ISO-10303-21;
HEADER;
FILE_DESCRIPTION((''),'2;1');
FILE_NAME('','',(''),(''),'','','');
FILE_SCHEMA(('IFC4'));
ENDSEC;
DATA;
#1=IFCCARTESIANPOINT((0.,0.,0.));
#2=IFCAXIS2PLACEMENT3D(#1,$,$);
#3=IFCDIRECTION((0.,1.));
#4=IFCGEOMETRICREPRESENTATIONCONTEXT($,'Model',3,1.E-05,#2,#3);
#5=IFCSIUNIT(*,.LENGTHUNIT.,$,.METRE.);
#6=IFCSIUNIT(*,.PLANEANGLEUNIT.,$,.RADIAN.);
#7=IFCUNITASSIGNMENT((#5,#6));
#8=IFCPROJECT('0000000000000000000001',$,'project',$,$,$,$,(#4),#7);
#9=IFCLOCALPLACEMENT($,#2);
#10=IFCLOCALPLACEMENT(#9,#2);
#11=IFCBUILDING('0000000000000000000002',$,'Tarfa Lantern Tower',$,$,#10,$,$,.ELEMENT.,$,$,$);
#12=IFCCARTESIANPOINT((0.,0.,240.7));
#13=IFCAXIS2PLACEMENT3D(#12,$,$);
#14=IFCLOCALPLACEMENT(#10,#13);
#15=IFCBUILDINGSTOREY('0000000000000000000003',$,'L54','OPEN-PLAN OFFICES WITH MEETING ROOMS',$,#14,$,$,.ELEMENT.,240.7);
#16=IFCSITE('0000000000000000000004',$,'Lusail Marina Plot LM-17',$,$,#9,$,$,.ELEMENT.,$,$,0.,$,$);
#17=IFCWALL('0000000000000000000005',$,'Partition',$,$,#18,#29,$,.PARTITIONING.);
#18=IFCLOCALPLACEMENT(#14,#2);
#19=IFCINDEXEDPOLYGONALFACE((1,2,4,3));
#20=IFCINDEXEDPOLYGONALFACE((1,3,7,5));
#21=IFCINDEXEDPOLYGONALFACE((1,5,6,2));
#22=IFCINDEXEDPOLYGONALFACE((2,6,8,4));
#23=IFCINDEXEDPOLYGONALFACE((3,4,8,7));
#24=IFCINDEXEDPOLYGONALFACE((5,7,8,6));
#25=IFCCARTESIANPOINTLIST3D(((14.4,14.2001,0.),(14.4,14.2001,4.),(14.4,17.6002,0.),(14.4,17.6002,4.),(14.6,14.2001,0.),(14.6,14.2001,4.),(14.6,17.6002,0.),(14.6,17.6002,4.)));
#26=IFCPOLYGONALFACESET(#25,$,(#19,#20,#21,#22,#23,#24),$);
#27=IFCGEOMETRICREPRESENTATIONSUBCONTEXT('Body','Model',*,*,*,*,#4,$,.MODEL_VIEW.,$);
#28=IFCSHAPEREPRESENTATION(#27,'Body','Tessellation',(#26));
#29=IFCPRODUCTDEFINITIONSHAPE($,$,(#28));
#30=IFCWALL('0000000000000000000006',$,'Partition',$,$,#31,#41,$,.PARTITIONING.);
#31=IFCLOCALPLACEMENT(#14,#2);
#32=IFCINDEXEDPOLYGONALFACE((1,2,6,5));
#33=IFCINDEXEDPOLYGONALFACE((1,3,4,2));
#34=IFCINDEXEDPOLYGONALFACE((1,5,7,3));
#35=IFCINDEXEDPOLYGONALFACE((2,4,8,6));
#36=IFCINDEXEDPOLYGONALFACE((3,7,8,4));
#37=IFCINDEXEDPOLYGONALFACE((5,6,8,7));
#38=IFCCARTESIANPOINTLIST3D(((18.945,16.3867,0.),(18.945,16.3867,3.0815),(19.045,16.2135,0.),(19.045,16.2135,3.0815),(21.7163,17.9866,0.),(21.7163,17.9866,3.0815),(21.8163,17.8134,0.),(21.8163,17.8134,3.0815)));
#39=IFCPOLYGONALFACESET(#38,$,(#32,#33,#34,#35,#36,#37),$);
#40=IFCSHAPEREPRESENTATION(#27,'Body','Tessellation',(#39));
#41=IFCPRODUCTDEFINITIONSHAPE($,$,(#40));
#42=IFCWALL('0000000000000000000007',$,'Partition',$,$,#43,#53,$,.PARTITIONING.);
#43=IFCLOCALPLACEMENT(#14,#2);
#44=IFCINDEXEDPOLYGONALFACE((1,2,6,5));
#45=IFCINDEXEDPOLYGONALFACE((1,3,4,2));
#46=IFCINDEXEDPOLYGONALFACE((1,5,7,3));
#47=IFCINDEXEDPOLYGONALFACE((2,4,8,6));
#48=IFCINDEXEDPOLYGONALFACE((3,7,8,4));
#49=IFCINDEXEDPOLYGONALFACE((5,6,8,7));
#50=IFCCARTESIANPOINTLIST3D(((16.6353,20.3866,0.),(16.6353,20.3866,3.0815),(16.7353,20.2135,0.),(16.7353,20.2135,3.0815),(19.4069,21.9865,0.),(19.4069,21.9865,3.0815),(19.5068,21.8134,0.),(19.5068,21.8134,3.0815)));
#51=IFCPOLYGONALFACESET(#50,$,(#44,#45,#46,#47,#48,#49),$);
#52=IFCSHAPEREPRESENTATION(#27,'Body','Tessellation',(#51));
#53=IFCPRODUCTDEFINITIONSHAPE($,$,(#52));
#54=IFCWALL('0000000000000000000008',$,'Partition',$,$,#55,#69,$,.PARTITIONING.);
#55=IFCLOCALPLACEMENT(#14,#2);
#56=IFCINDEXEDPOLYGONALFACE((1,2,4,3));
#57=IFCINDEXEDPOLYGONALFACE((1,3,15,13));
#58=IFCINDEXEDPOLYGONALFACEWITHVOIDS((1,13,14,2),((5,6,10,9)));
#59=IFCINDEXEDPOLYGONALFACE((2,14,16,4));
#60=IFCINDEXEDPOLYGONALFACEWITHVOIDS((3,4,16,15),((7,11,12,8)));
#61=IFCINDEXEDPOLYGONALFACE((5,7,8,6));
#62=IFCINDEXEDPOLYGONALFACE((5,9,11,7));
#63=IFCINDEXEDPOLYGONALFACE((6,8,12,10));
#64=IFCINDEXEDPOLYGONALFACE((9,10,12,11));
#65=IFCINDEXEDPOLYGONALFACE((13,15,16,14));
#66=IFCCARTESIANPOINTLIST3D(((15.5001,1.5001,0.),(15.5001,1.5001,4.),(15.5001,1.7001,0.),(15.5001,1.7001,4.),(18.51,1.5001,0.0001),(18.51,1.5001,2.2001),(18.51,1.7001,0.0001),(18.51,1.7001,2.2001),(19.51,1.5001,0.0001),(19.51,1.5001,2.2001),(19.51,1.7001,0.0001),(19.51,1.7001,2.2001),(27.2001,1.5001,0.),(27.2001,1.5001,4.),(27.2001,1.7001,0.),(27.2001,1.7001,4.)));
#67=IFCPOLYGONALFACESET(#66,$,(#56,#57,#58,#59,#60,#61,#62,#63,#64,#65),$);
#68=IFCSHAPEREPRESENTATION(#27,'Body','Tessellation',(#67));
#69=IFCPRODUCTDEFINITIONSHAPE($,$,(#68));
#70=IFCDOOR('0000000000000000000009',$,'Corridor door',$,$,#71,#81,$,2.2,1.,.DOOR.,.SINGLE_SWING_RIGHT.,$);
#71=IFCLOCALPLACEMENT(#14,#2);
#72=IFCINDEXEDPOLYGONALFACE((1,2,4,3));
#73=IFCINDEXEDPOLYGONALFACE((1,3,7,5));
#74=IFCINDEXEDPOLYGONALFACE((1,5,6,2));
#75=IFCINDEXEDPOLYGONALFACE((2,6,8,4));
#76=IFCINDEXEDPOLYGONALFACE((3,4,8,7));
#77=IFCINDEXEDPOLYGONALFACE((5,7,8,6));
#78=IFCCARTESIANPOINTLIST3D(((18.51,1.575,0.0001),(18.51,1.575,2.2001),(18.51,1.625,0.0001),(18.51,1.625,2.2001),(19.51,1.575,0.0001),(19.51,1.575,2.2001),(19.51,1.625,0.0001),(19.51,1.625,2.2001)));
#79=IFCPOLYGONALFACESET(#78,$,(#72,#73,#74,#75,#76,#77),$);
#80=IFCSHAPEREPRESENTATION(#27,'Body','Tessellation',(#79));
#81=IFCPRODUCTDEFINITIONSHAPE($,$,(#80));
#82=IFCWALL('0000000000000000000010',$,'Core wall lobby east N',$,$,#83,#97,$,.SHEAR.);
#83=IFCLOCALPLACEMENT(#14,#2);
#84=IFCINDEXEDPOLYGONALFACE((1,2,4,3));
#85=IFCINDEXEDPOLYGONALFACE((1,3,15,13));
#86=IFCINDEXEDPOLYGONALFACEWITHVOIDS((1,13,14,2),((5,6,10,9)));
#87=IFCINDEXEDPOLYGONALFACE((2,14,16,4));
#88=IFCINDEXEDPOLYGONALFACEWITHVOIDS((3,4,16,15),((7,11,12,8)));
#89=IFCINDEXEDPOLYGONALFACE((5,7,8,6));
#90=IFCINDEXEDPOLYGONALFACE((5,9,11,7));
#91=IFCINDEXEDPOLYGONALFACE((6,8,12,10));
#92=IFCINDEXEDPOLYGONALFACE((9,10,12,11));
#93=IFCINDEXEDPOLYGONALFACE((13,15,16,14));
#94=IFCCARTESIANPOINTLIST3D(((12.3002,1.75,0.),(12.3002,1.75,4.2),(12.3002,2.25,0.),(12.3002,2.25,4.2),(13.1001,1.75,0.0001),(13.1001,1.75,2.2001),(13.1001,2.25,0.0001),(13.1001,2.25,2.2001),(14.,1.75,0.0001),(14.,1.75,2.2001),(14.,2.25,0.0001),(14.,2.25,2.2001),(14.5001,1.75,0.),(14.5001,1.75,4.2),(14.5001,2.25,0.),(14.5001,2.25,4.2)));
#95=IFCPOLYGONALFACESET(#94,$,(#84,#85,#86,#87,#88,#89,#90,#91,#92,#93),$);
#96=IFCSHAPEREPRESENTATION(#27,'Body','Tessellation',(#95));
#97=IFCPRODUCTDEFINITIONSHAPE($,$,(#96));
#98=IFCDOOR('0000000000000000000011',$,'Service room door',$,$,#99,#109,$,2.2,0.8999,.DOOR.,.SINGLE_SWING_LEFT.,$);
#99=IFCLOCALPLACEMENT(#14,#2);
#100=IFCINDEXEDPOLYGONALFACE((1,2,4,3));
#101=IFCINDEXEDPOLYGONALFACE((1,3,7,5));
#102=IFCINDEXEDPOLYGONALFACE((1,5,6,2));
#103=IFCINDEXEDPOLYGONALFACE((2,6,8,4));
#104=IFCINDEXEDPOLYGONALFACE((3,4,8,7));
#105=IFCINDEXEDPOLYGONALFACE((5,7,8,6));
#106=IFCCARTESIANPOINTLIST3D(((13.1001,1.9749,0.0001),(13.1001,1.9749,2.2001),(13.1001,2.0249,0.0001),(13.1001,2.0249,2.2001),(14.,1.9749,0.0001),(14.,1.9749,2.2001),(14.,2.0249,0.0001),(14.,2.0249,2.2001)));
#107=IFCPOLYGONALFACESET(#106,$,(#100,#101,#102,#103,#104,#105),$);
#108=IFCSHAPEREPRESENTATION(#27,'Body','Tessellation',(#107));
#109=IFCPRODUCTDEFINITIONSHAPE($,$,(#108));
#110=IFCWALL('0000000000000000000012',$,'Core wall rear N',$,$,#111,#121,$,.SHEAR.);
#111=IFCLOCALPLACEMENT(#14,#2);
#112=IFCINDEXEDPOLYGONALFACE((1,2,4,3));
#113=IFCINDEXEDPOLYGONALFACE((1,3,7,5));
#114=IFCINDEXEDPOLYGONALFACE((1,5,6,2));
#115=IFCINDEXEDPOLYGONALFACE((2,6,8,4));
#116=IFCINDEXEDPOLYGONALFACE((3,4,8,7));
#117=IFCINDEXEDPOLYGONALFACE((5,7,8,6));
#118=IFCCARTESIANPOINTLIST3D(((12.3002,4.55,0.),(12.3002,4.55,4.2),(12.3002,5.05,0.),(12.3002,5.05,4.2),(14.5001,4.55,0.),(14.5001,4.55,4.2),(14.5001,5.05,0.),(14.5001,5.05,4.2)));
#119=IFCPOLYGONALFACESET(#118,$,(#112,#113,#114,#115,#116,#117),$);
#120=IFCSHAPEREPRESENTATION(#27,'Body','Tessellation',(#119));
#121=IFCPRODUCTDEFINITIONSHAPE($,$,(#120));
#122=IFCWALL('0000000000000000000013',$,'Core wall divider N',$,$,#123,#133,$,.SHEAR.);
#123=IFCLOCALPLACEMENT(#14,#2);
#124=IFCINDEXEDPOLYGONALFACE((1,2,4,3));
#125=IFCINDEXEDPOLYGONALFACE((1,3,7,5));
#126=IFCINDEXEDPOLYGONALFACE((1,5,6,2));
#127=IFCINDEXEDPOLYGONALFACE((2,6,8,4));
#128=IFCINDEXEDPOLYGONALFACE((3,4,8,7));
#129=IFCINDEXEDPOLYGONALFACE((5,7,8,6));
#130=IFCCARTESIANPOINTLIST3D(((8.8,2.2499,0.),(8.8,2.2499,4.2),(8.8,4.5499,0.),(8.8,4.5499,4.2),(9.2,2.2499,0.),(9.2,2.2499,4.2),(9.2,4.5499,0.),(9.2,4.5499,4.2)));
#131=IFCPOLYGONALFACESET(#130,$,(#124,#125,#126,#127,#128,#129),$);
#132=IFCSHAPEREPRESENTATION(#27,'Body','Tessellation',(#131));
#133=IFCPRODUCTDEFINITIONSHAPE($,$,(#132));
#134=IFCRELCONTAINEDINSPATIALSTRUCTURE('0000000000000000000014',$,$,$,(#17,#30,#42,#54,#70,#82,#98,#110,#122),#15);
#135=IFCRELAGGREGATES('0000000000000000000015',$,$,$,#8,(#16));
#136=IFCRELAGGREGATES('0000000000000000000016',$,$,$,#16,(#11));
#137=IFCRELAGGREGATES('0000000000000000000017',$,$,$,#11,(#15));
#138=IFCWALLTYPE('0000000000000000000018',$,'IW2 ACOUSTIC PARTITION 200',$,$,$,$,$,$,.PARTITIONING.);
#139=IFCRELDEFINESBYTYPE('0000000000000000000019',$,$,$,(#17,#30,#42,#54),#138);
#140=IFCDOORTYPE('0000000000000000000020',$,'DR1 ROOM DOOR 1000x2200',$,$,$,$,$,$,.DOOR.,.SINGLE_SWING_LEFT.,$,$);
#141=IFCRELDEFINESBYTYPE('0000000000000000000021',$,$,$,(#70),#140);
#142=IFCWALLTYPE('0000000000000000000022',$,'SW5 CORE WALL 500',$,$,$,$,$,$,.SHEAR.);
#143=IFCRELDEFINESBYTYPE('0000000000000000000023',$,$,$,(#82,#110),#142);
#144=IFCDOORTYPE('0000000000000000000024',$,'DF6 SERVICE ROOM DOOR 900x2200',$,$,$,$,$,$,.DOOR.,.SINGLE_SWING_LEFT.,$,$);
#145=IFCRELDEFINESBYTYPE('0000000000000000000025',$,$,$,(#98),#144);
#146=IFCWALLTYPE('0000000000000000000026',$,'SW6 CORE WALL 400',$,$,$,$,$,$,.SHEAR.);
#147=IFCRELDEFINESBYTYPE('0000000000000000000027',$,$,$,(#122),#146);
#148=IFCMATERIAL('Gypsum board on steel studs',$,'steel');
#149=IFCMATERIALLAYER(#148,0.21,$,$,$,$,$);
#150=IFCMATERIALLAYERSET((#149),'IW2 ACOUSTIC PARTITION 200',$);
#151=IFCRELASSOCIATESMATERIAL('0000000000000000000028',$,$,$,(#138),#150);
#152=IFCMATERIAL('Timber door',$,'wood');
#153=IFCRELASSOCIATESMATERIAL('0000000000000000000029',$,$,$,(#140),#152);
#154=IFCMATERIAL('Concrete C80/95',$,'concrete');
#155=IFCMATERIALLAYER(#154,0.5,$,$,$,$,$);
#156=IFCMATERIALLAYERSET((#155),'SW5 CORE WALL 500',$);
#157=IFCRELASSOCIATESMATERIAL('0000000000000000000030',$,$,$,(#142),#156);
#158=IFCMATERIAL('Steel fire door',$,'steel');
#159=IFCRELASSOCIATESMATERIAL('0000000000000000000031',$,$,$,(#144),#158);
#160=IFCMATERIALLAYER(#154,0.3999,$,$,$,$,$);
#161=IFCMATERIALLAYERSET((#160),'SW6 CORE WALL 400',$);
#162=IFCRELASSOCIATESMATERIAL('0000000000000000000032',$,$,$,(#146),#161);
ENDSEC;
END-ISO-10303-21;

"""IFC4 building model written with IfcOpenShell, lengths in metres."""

from ifc_helpers import new_model, si_unit, direction, frame, frame_2d, origin, place, context, subcontext, project, spatial, rectangle, extrude, material, layer, layer_set, type_object, element, fill, save


model = new_model("IFC4")

# Units and contexts
model_context = context("Model", 3, precision=1e-05, world=origin(), true_north=direction((0.0, 1.0)))
body_context = subcontext(model_context, "Body", "Model", "MODEL_VIEW")
ifc_project = project(units=[si_unit("LENGTHUNIT", "METRE"), si_unit("PLANEANGLEUNIT", "RADIAN")], contexts=[model_context])

# Site, building, storey
site_placement = place(None, origin())
site = spatial("IfcSite", under=ifc_project, at=site_placement, Name="Lusail Marina Plot LM-17", CompositionType="ELEMENT", RefElevation=0.0)
building_placement = place(site_placement, origin())
building = spatial("IfcBuilding", under=site, at=building_placement, Name="Tarfa Lantern Tower", CompositionType="ELEMENT")
storey_placement = place(building_placement, frame((0.0, 0.0, 240.7)))
storey = spatial("IfcBuildingStorey", under=building, at=storey_placement, Name="L54", Description="OPEN-PLAN OFFICES WITH MEETING ROOMS", CompositionType="ELEMENT", Elevation=240.7)

# Shared definitions
ifc_material_1 = material(Name="Concrete C80/95", Category="concrete")

# Walls
ifc_material_2 = material(Name="Gypsum board on steel studs", Category="steel")
ifc_layer_1 = layer(ifc_material_2, 0.21)
ifc_layer_set_1 = layer_set([ifc_layer_1], Name="IW2 ACOUSTIC PARTITION 200")
wall_type_1 = type_object("IfcWallType", Name="IW2 ACOUSTIC PARTITION 200", PredefinedType="PARTITIONING", material=ifc_layer_set_1)
wall_1_placement = place(storey_placement, frame((14.5, 14.2, 0.0), z_axis=(0.0, 0.0, 1.0), x_axis=(0.0, 1.0, 0.0)))
element("IfcWall", 1, at=wall_1_placement, inside=storey, type_object=wall_type_1, Name="Partition", PredefinedType="PARTITIONING", context=body_context, shape_type="SweptSolid", body=[
    extrude(rectangle(XDim=3.4001, YDim=0.2, at=frame_2d((1.7002, 0.0))), origin(), (0.0, 0.0, 1.0), 4.0),
])
wall_2_placement = place(storey_placement, frame((18.9949, 16.3, 0.0), z_axis=(0.0, 0.0, 1.0), x_axis=(0.866042, 0.499971, 0.0)))
element("IfcWall", 2, at=wall_2_placement, inside=storey, type_object=wall_type_1, Name="Partition", PredefinedType="PARTITIONING", context=body_context, shape_type="SweptSolid", body=[
    extrude(rectangle(XDim=3.2, YDim=0.2, at=frame_2d((1.6001, 0.0))), origin(), (0.0, 0.0, 1.0), 3.0815),
])
wall_3_placement = place(storey_placement, frame((16.6853, 20.3, 0.0), z_axis=(0.0, 0.0, 1.0), x_axis=(0.866061, 0.499938, 0.0)))
element("IfcWall", 3, at=wall_3_placement, inside=storey, type_object=wall_type_1, Name="Partition", PredefinedType="PARTITIONING", context=body_context, shape_type="SweptSolid", body=[
    extrude(rectangle(XDim=3.2002, YDim=0.2, at=frame_2d((1.6001, 0.0))), origin(), (0.0, 0.0, 1.0), 3.0815),
])

# Walls, openings, doors
wall_4_placement = place(storey_placement, frame((15.5, 1.6001, 0.0), z_axis=(0.0, 0.0, 1.0), x_axis=(1.0, 0.0, 0.0)))
wall_4 = element("IfcWall", 4, at=wall_4_placement, inside=storey, type_object=wall_type_1, Name="Partition", PredefinedType="PARTITIONING", context=body_context, shape_type="SweptSolid", body=[
    extrude(rectangle(XDim=11.7, YDim=0.2, at=frame_2d((5.8501, 0.0))), origin(), (0.0, 0.0, 1.0), 4.0),
])
opening_1_placement = place(wall_4_placement, frame((3.01, 0.0, 0.0)))
opening_1 = element("IfcOpeningElement", 5, at=opening_1_placement, cuts=wall_4, PredefinedType="OPENING", context=body_context, shape_type="SweptSolid", body=[
    extrude(rectangle(XDim=1.0, YDim=2.2, at=frame_2d((0.5, 1.1001))), frame((0.0, 0.1099, 0.0), z_axis=(0.0, -1.0, 0.0), x_axis=(1.0, 0.0, 0.0)), (0.0, 0.0, 1.0), 0.22),
])
ifc_material_3 = material(Name="Timber door", Category="wood")
door_type_1 = type_object("IfcDoorType", Name="DR1 ROOM DOOR 1000x2200", OperationType="SINGLE_SWING_LEFT", PredefinedType="DOOR", material=ifc_material_3)
door_1_placement = place(opening_1_placement, origin())
door_1 = element("IfcDoor", 6, at=door_1_placement, inside=storey, type_object=door_type_1, Name="Corridor door", OperationType="SINGLE_SWING_RIGHT", OverallHeight=2.2, OverallWidth=1.0, PredefinedType="DOOR", context=body_context, shape_type="SweptSolid", body=[
    extrude(rectangle(XDim=1.0, YDim=2.2, at=frame_2d((0.5, 1.1001))), frame((0.0, 0.0249, 0.0), z_axis=(0.0, -1.0, 0.0), x_axis=(1.0, 0.0, 0.0)), (0.0, 0.0, 1.0), 0.05),
])
fill(opening_1, door_1)
ifc_layer_2 = layer(ifc_material_1, 0.5)
ifc_layer_set_2 = layer_set([ifc_layer_2], Name="SW5 CORE WALL 500")
wall_type_2 = type_object("IfcWallType", Name="SW5 CORE WALL 500", PredefinedType="SHEAR", material=ifc_layer_set_2)
wall_5_placement = place(storey_placement, frame((12.3, 2.0, 0.0), z_axis=(0.0, 0.0, 1.0), x_axis=(1.0, 0.0, 0.0)))
wall_5 = element("IfcWall", 7, at=wall_5_placement, inside=storey, type_object=wall_type_2, Name="Core wall lobby east N", PredefinedType="SHEAR", context=body_context, shape_type="SweptSolid", body=[
    extrude(rectangle(XDim=2.2, YDim=0.5, at=frame_2d((1.1001, 0.0))), origin(), (0.0, 0.0, 1.0), 4.2),
])
opening_2_placement = place(wall_5_placement, frame((0.8, 0.0, 0.0)))
opening_2 = element("IfcOpeningElement", 8, at=opening_2_placement, cuts=wall_5, PredefinedType="OPENING", context=body_context, shape_type="SweptSolid", body=[
    extrude(rectangle(XDim=0.8999, YDim=2.2, at=frame_2d((0.45, 1.1001))), frame((0.0, 0.26, 0.0), z_axis=(0.0, -1.0, 0.0), x_axis=(1.0, 0.0, 0.0)), (0.0, 0.0, 1.0), 0.52),
])
ifc_material_4 = material(Name="Steel fire door", Category="steel")
door_type_2 = type_object("IfcDoorType", Name="DF6 SERVICE ROOM DOOR 900x2200", OperationType="SINGLE_SWING_LEFT", PredefinedType="DOOR", material=ifc_material_4)
door_2_placement = place(opening_2_placement, origin())
door_2 = element("IfcDoor", 9, at=door_2_placement, inside=storey, type_object=door_type_2, Name="Service room door", OperationType="SINGLE_SWING_LEFT", OverallHeight=2.2, OverallWidth=0.8999, PredefinedType="DOOR", context=body_context, shape_type="SweptSolid", body=[
    extrude(rectangle(XDim=0.8999, YDim=2.2, at=frame_2d((0.45, 1.1001))), frame((0.0, 0.0249, 0.0), z_axis=(0.0, -1.0, 0.0), x_axis=(1.0, 0.0, 0.0)), (0.0, 0.0, 1.0), 0.05),
])
fill(opening_2, door_2)

# Walls
wall_6_placement = place(storey_placement, frame((12.3, 4.8, 0.0), z_axis=(0.0, 0.0, 1.0), x_axis=(1.0, 0.0, 0.0)))
element("IfcWall", 10, at=wall_6_placement, inside=storey, type_object=wall_type_2, Name="Core wall rear N", PredefinedType="SHEAR", context=body_context, shape_type="SweptSolid", body=[
    extrude(rectangle(XDim=2.2, YDim=0.5, at=frame_2d((1.1001, 0.0))), origin(), (0.0, 0.0, 1.0), 4.2),
])
ifc_layer_3 = layer(ifc_material_1, 0.3999)
ifc_layer_set_3 = layer_set([ifc_layer_3], Name="SW6 CORE WALL 400")
wall_type_3 = type_object("IfcWallType", Name="SW6 CORE WALL 400", PredefinedType="SHEAR", material=ifc_layer_set_3)
wall_7_placement = place(storey_placement, frame((9.0, 2.25, 0.0), z_axis=(0.0, 0.0, 1.0), x_axis=(0.0, 1.0, 0.0)))
element("IfcWall", 11, at=wall_7_placement, inside=storey, type_object=wall_type_3, Name="Core wall divider N", PredefinedType="SHEAR", context=body_context, shape_type="SweptSolid", body=[
    extrude(rectangle(XDim=2.3, YDim=0.3999, at=frame_2d((1.1499, 0.0))), origin(), (0.0, 0.0, 1.0), 4.2),
])

save(model, "model.ifc")
